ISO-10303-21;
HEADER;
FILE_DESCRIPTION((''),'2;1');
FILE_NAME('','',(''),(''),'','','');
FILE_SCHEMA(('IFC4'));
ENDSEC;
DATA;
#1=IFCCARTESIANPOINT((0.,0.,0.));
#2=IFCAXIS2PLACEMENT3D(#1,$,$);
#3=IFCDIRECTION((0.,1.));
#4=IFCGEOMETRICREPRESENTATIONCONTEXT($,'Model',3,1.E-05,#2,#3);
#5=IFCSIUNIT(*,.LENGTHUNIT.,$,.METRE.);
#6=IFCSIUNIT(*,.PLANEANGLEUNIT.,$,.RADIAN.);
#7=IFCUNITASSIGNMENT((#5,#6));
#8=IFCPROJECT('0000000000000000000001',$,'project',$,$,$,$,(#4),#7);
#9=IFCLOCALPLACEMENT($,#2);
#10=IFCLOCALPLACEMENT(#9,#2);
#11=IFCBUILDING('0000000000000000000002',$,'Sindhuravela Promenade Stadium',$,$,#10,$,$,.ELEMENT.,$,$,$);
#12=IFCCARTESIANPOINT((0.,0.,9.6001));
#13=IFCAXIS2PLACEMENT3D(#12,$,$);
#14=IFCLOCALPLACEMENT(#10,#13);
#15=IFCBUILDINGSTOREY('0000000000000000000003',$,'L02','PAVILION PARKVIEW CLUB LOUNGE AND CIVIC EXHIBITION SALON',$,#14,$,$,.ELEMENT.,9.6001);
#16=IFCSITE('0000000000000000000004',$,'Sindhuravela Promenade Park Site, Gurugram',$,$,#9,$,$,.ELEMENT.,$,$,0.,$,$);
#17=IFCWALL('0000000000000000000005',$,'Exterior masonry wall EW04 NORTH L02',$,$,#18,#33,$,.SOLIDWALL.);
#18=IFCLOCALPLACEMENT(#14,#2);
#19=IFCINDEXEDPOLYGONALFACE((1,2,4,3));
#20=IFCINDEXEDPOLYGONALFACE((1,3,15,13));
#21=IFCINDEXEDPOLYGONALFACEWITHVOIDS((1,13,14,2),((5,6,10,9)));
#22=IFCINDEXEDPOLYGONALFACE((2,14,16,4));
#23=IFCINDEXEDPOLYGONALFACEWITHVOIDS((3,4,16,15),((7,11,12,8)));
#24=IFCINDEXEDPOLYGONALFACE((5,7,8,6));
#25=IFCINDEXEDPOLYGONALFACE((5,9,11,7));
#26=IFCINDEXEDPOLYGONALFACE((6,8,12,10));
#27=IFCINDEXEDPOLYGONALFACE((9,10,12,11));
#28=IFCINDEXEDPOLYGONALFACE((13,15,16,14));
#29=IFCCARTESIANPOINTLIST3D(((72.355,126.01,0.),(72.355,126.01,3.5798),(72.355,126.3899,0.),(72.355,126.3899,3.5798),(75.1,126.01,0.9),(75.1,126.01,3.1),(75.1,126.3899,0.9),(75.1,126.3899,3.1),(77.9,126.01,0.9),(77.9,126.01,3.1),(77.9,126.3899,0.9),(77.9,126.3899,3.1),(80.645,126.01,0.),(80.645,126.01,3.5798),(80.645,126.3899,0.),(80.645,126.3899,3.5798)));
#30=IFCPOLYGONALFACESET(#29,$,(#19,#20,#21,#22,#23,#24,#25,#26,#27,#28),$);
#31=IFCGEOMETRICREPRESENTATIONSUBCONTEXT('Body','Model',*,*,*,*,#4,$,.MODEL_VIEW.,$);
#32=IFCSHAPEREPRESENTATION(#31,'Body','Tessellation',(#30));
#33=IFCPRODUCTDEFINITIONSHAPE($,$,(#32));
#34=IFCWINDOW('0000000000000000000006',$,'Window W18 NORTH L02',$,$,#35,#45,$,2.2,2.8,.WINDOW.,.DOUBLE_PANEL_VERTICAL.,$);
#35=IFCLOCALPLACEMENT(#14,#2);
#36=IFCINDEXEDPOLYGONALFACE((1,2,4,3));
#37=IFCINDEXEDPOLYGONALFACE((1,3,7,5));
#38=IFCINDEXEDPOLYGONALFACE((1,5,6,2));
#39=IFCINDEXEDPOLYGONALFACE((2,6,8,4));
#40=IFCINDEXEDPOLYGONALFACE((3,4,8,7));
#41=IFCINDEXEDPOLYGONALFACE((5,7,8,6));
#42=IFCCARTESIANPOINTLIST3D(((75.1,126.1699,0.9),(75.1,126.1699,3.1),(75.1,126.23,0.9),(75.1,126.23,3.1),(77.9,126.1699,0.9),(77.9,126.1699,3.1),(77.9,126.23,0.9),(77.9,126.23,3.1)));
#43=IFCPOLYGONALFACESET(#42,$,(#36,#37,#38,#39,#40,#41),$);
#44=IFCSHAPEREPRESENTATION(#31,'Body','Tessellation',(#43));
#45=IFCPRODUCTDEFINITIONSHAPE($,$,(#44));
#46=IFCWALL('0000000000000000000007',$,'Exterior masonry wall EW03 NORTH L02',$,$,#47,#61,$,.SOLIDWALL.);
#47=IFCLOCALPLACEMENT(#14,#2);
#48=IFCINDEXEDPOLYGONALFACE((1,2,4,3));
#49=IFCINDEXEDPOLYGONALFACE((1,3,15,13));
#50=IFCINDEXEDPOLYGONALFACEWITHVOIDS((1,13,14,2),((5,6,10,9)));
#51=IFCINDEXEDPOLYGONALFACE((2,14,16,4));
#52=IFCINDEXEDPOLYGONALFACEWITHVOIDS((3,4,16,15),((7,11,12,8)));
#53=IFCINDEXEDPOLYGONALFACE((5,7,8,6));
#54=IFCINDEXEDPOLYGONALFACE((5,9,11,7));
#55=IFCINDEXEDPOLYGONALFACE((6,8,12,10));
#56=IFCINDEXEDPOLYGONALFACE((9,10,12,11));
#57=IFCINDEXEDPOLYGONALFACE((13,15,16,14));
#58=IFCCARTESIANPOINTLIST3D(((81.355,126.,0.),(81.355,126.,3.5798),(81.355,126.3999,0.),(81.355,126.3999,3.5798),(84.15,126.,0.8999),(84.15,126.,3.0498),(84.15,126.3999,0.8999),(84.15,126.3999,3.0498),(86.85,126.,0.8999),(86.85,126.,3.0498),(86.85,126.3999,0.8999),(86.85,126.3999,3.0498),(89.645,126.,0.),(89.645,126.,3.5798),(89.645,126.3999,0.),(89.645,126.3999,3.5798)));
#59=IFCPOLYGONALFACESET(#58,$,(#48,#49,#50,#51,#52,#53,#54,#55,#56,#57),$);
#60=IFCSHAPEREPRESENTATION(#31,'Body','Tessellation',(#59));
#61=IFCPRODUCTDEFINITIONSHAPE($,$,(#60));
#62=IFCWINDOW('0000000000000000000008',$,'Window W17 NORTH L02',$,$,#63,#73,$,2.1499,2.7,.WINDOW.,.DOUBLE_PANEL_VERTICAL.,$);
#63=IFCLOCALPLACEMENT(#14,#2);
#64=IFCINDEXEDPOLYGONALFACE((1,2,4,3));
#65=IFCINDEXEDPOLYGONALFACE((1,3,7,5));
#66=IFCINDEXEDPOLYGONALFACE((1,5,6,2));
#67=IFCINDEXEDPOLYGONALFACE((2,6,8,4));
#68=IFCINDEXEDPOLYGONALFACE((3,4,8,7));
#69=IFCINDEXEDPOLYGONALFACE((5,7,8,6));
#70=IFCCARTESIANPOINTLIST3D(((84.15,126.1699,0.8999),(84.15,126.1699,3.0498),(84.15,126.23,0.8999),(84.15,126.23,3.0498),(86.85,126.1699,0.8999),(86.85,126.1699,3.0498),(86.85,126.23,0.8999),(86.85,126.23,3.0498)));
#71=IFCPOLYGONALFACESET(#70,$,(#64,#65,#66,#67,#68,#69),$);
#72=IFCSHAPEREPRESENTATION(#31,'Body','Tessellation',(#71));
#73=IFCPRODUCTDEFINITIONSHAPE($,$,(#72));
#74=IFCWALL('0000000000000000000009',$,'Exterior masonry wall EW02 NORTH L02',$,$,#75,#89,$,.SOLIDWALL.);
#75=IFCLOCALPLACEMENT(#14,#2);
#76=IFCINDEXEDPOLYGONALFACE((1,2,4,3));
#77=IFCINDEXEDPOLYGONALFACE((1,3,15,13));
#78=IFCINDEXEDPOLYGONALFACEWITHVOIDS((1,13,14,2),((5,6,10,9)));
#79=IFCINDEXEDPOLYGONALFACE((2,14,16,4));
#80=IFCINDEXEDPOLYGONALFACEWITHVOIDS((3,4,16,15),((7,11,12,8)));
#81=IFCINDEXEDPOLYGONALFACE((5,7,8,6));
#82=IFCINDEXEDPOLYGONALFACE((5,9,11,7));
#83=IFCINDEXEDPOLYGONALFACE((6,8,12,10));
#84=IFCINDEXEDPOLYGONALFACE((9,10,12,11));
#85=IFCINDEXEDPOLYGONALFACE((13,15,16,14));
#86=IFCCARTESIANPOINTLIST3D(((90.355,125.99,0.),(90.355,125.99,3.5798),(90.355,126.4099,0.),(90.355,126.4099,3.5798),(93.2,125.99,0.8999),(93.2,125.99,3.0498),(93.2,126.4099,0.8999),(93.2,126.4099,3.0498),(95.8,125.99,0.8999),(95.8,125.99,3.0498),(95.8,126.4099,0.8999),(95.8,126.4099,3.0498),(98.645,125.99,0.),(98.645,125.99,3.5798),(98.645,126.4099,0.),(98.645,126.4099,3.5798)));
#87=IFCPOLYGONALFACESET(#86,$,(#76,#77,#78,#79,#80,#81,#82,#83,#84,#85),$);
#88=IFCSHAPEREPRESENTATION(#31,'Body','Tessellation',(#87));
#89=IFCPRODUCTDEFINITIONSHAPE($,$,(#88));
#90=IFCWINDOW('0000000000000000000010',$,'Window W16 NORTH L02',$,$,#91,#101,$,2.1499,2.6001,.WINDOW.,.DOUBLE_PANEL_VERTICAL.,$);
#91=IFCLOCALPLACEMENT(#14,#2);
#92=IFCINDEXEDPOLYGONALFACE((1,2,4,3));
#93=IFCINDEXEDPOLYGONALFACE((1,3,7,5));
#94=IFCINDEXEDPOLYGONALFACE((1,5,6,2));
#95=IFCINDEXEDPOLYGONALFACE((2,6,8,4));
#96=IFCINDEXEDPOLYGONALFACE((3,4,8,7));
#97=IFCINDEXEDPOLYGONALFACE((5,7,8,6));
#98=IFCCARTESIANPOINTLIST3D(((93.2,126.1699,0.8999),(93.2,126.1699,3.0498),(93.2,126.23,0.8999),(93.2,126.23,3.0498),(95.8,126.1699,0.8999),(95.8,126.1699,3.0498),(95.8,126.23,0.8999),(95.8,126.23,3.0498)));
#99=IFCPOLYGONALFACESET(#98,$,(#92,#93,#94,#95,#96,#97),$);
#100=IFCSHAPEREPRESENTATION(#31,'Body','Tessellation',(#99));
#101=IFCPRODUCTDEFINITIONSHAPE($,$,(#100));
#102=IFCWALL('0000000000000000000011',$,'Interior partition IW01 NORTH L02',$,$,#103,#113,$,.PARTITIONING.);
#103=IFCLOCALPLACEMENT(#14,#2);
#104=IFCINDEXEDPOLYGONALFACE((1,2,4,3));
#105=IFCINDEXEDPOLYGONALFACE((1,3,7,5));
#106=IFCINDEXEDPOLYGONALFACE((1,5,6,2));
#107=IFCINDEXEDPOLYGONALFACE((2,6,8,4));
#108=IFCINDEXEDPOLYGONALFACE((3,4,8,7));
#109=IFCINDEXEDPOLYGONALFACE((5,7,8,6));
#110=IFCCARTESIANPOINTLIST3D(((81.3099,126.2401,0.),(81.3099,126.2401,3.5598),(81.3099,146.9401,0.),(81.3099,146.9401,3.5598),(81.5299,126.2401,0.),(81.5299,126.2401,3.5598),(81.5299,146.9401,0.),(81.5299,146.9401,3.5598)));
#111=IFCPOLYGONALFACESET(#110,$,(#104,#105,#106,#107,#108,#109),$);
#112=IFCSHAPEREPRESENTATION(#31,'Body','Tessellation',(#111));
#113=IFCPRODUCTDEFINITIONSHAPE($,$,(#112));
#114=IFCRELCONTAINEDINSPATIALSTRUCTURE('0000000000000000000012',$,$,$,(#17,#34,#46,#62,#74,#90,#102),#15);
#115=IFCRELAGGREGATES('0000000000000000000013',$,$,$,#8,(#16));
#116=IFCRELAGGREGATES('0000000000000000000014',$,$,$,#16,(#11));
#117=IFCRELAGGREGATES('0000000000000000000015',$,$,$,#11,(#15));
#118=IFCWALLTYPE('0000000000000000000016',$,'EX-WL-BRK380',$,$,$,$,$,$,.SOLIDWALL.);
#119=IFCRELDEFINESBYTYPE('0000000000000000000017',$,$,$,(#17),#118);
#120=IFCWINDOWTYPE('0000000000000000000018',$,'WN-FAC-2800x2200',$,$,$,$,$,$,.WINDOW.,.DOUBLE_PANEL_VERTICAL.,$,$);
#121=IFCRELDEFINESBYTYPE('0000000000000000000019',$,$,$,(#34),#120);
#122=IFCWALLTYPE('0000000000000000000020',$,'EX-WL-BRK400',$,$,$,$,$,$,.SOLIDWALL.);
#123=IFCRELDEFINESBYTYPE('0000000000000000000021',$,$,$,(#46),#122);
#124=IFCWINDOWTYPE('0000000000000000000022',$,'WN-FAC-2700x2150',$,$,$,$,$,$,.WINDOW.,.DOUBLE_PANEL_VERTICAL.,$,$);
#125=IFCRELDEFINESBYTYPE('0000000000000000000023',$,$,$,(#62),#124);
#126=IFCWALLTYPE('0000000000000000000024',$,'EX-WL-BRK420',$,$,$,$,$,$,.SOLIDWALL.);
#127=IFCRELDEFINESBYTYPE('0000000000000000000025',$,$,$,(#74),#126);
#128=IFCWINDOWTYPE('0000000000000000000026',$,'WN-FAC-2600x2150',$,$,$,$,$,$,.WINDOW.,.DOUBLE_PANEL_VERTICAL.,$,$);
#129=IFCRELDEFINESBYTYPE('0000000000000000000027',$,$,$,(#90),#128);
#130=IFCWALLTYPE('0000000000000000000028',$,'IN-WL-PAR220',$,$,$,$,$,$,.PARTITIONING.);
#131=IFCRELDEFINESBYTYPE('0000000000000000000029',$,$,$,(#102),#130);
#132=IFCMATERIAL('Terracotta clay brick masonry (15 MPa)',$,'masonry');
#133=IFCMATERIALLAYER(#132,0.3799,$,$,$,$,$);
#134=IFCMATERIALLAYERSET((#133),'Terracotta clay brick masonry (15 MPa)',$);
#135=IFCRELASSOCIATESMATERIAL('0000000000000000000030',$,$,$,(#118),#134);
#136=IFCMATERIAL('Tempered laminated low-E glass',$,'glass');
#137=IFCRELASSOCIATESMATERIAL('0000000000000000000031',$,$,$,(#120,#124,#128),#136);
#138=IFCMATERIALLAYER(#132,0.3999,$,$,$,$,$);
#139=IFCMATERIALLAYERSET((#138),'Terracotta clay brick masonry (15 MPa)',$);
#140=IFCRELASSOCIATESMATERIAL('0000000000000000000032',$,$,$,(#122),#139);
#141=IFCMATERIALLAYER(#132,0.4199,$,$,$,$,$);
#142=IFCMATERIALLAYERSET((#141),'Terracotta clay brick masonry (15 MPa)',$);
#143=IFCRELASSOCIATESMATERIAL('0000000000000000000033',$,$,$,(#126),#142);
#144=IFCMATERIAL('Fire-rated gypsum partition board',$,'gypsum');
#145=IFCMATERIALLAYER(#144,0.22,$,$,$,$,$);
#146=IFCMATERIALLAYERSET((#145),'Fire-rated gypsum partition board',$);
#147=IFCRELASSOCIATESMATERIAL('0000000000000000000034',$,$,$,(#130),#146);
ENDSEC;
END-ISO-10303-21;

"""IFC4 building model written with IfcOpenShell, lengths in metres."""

from ifc_helpers import new_model, si_unit, direction, frame, frame_2d, origin, place, context, subcontext, project, spatial, rectangle, extrude, material, layer, layer_set, type_object, element, fill, save


model = new_model("IFC4")

# Units and contexts
model_context = context("Model", 3, precision=1e-05, world=origin(), true_north=direction((0.0, 1.0)))
body_context = subcontext(model_context, "Body", "Model", "MODEL_VIEW")
ifc_project = project(units=[si_unit("LENGTHUNIT", "METRE"), si_unit("PLANEANGLEUNIT", "RADIAN")], contexts=[model_context])

# Site, building, storey
site_placement = place(None, origin())
site = spatial("IfcSite", under=ifc_project, at=site_placement, Name="Sindhuravela Promenade Park Site, Gurugram", CompositionType="ELEMENT", RefElevation=0.0)
building_placement = place(site_placement, origin())
building = spatial("IfcBuilding", under=site, at=building_placement, Name="Sindhuravela Promenade Stadium", CompositionType="ELEMENT")
storey_placement = place(building_placement, frame((0.0, 0.0, 9.6001)))
storey = spatial("IfcBuildingStorey", under=building, at=storey_placement, Name="L02", Description="PAVILION PARKVIEW CLUB LOUNGE AND CIVIC EXHIBITION SALON", CompositionType="ELEMENT", Elevation=9.6001)

# Walls, openings, windows
ifc_material_1 = material(Name="Terracotta clay brick masonry (15 MPa)", Category="masonry")
ifc_layer_1 = layer(ifc_material_1, 0.3799)
ifc_layer_set_1 = layer_set([ifc_layer_1], Name="Terracotta clay brick masonry (15 MPa)")
wall_type_1 = type_object("IfcWallType", Name="EX-WL-BRK380", PredefinedType="SOLIDWALL", material=ifc_layer_set_1)
wall_1_placement = place(storey_placement, frame((80.645, 126.2, 0.0), z_axis=(0.0, 0.0, 1.0), x_axis=(-1.0, 0.0, 0.0)))
wall_1 = element("IfcWall", 1, at=wall_1_placement, inside=storey, type_object=wall_type_1, Name="Exterior masonry wall EW04 NORTH L02", PredefinedType="SOLIDWALL", context=body_context, shape_type="SweptSolid", body=[
    extrude(rectangle(XDim=8.29, YDim=0.3799, at=frame_2d((4.145, 0.0))), origin(), (0.0, 0.0, 1.0), 3.5798),
])
opening_1_placement = place(wall_1_placement, frame((2.7451, 0.0, 0.8999)))
opening_1 = element("IfcOpeningElement", 2, at=opening_1_placement, cuts=wall_1, PredefinedType="OPENING", context=body_context, shape_type="SweptSolid", body=[
    extrude(rectangle(XDim=2.8, YDim=2.2, at=frame_2d((1.3999, 1.1001))), frame((0.0, 0.2, 0.0), z_axis=(0.0, -1.0, 0.0), x_axis=(1.0, 0.0, 0.0)), (0.0, 0.0, 1.0), 0.3999),
])
ifc_material_2 = material(Name="Tempered laminated low-E glass", Category="glass")
window_type_1 = type_object("IfcWindowType", Name="WN-FAC-2800x2200", PartitioningType="DOUBLE_PANEL_VERTICAL", PredefinedType="WINDOW", material=ifc_material_2)
window_1_placement = place(opening_1_placement, origin())
window_1 = element("IfcWindow", 3, at=window_1_placement, inside=storey, type_object=window_type_1, Name="Window W18 NORTH L02", OverallHeight=2.2, OverallWidth=2.8, PartitioningType="DOUBLE_PANEL_VERTICAL", PredefinedType="WINDOW", context=body_context, shape_type="SweptSolid", body=[
    extrude(rectangle(XDim=2.8, YDim=2.2, at=frame_2d((1.3999, 1.1001))), frame((0.0, 0.03, 0.0), z_axis=(0.0, -1.0, 0.0), x_axis=(1.0, 0.0, 0.0)), (0.0, 0.0, 1.0), 0.0601),
])
fill(opening_1, window_1)
ifc_layer_2 = layer(ifc_material_1, 0.3999)
ifc_layer_set_2 = layer_set([ifc_layer_2], Name="Terracotta clay brick masonry (15 MPa)")
wall_type_2 = type_object("IfcWallType", Name="EX-WL-BRK400", PredefinedType="SOLIDWALL", material=ifc_layer_set_2)
wall_2_placement = place(storey_placement, frame((89.645, 126.2, 0.0), z_axis=(0.0, 0.0, 1.0), x_axis=(-1.0, 0.0, 0.0)))
wall_2 = element("IfcWall", 4, at=wall_2_placement, inside=storey, type_object=wall_type_2, Name="Exterior masonry wall EW03 NORTH L02", PredefinedType="SOLIDWALL", context=body_context, shape_type="SweptSolid", body=[
    extrude(rectangle(XDim=8.29, YDim=0.3999, at=frame_2d((4.145, 0.0))), origin(), (0.0, 0.0, 1.0), 3.5798),
])
opening_2_placement = place(wall_2_placement, frame((2.7949, 0.0, 0.8999)))
opening_2 = element("IfcOpeningElement", 5, at=opening_2_placement, cuts=wall_2, PredefinedType="OPENING", context=body_context, shape_type="SweptSolid", body=[
    extrude(rectangle(XDim=2.7, YDim=2.1499, at=frame_2d((1.3501, 1.075))), frame((0.0, 0.21, 0.0), z_axis=(0.0, -1.0, 0.0), x_axis=(1.0, 0.0, 0.0)), (0.0, 0.0, 1.0), 0.4199),
])
window_type_2 = type_object("IfcWindowType", Name="WN-FAC-2700x2150", PartitioningType="DOUBLE_PANEL_VERTICAL", PredefinedType="WINDOW", material=ifc_material_2)
window_2_placement = place(opening_2_placement, origin())
window_2 = element("IfcWindow", 6, at=window_2_placement, inside=storey, type_object=window_type_2, Name="Window W17 NORTH L02", OverallHeight=2.1499, OverallWidth=2.7, PartitioningType="DOUBLE_PANEL_VERTICAL", PredefinedType="WINDOW", context=body_context, shape_type="SweptSolid", body=[
    extrude(rectangle(XDim=2.7, YDim=2.1499, at=frame_2d((1.3501, 1.075))), frame((0.0, 0.03, 0.0), z_axis=(0.0, -1.0, 0.0), x_axis=(1.0, 0.0, 0.0)), (0.0, 0.0, 1.0), 0.0601),
])
fill(opening_2, window_2)
ifc_layer_3 = layer(ifc_material_1, 0.4199)
ifc_layer_set_3 = layer_set([ifc_layer_3], Name="Terracotta clay brick masonry (15 MPa)")
wall_type_3 = type_object("IfcWallType", Name="EX-WL-BRK420", PredefinedType="SOLIDWALL", material=ifc_layer_set_3)
wall_3_placement = place(storey_placement, frame((98.645, 126.2, 0.0), z_axis=(0.0, 0.0, 1.0), x_axis=(-1.0, 0.0, 0.0)))
wall_3 = element("IfcWall", 7, at=wall_3_placement, inside=storey, type_object=wall_type_3, Name="Exterior masonry wall EW02 NORTH L02", PredefinedType="SOLIDWALL", context=body_context, shape_type="SweptSolid", body=[
    extrude(rectangle(XDim=8.29, YDim=0.4199, at=frame_2d((4.145, 0.0))), origin(), (0.0, 0.0, 1.0), 3.5798),
])
opening_3_placement = place(wall_3_placement, frame((2.845, 0.0, 0.8999)))
opening_3 = element("IfcOpeningElement", 8, at=opening_3_placement, cuts=wall_3, PredefinedType="OPENING", context=body_context, shape_type="SweptSolid", body=[
    extrude(rectangle(XDim=2.6001, YDim=2.1499, at=frame_2d((1.3, 1.075))), frame((0.0, 0.22, 0.0), z_axis=(0.0, -1.0, 0.0), x_axis=(1.0, 0.0, 0.0)), (0.0, 0.0, 1.0), 0.4399),
])
window_type_3 = type_object("IfcWindowType", Name="WN-FAC-2600x2150", PartitioningType="DOUBLE_PANEL_VERTICAL", PredefinedType="WINDOW", material=ifc_material_2)
window_3_placement = place(opening_3_placement, origin())
window_3 = element("IfcWindow", 9, at=window_3_placement, inside=storey, type_object=window_type_3, Name="Window W16 NORTH L02", OverallHeight=2.1499, OverallWidth=2.6001, PartitioningType="DOUBLE_PANEL_VERTICAL", PredefinedType="WINDOW", context=body_context, shape_type="SweptSolid", body=[
    extrude(rectangle(XDim=2.6001, YDim=2.1499, at=frame_2d((1.3, 1.075))), frame((0.0, 0.03, 0.0), z_axis=(0.0, -1.0, 0.0), x_axis=(1.0, 0.0, 0.0)), (0.0, 0.0, 1.0), 0.0601),
])
fill(opening_3, window_3)

# Wall
ifc_material_3 = material(Name="Fire-rated gypsum partition board", Category="gypsum")
ifc_layer_4 = layer(ifc_material_3, 0.22)
ifc_layer_set_4 = layer_set([ifc_layer_4], Name="Fire-rated gypsum partition board")
wall_type_4 = type_object("IfcWallType", Name="IN-WL-PAR220", PredefinedType="PARTITIONING", material=ifc_layer_set_4)
wall_4_placement = place(storey_placement, frame((81.4199, 126.24, 0.0), z_axis=(0.0, 0.0, 1.0), x_axis=(0.0, 1.0, 0.0)))
element("IfcWall", 10, at=wall_4_placement, inside=storey, type_object=wall_type_4, Name="Interior partition IW01 NORTH L02", PredefinedType="PARTITIONING", context=body_context, shape_type="SweptSolid", body=[
    extrude(rectangle(XDim=20.7, YDim=0.22, at=frame_2d((10.3501, 0.0))), origin(), (0.0, 0.0, 1.0), 3.5598),
])

save(model, "model.ifc")
